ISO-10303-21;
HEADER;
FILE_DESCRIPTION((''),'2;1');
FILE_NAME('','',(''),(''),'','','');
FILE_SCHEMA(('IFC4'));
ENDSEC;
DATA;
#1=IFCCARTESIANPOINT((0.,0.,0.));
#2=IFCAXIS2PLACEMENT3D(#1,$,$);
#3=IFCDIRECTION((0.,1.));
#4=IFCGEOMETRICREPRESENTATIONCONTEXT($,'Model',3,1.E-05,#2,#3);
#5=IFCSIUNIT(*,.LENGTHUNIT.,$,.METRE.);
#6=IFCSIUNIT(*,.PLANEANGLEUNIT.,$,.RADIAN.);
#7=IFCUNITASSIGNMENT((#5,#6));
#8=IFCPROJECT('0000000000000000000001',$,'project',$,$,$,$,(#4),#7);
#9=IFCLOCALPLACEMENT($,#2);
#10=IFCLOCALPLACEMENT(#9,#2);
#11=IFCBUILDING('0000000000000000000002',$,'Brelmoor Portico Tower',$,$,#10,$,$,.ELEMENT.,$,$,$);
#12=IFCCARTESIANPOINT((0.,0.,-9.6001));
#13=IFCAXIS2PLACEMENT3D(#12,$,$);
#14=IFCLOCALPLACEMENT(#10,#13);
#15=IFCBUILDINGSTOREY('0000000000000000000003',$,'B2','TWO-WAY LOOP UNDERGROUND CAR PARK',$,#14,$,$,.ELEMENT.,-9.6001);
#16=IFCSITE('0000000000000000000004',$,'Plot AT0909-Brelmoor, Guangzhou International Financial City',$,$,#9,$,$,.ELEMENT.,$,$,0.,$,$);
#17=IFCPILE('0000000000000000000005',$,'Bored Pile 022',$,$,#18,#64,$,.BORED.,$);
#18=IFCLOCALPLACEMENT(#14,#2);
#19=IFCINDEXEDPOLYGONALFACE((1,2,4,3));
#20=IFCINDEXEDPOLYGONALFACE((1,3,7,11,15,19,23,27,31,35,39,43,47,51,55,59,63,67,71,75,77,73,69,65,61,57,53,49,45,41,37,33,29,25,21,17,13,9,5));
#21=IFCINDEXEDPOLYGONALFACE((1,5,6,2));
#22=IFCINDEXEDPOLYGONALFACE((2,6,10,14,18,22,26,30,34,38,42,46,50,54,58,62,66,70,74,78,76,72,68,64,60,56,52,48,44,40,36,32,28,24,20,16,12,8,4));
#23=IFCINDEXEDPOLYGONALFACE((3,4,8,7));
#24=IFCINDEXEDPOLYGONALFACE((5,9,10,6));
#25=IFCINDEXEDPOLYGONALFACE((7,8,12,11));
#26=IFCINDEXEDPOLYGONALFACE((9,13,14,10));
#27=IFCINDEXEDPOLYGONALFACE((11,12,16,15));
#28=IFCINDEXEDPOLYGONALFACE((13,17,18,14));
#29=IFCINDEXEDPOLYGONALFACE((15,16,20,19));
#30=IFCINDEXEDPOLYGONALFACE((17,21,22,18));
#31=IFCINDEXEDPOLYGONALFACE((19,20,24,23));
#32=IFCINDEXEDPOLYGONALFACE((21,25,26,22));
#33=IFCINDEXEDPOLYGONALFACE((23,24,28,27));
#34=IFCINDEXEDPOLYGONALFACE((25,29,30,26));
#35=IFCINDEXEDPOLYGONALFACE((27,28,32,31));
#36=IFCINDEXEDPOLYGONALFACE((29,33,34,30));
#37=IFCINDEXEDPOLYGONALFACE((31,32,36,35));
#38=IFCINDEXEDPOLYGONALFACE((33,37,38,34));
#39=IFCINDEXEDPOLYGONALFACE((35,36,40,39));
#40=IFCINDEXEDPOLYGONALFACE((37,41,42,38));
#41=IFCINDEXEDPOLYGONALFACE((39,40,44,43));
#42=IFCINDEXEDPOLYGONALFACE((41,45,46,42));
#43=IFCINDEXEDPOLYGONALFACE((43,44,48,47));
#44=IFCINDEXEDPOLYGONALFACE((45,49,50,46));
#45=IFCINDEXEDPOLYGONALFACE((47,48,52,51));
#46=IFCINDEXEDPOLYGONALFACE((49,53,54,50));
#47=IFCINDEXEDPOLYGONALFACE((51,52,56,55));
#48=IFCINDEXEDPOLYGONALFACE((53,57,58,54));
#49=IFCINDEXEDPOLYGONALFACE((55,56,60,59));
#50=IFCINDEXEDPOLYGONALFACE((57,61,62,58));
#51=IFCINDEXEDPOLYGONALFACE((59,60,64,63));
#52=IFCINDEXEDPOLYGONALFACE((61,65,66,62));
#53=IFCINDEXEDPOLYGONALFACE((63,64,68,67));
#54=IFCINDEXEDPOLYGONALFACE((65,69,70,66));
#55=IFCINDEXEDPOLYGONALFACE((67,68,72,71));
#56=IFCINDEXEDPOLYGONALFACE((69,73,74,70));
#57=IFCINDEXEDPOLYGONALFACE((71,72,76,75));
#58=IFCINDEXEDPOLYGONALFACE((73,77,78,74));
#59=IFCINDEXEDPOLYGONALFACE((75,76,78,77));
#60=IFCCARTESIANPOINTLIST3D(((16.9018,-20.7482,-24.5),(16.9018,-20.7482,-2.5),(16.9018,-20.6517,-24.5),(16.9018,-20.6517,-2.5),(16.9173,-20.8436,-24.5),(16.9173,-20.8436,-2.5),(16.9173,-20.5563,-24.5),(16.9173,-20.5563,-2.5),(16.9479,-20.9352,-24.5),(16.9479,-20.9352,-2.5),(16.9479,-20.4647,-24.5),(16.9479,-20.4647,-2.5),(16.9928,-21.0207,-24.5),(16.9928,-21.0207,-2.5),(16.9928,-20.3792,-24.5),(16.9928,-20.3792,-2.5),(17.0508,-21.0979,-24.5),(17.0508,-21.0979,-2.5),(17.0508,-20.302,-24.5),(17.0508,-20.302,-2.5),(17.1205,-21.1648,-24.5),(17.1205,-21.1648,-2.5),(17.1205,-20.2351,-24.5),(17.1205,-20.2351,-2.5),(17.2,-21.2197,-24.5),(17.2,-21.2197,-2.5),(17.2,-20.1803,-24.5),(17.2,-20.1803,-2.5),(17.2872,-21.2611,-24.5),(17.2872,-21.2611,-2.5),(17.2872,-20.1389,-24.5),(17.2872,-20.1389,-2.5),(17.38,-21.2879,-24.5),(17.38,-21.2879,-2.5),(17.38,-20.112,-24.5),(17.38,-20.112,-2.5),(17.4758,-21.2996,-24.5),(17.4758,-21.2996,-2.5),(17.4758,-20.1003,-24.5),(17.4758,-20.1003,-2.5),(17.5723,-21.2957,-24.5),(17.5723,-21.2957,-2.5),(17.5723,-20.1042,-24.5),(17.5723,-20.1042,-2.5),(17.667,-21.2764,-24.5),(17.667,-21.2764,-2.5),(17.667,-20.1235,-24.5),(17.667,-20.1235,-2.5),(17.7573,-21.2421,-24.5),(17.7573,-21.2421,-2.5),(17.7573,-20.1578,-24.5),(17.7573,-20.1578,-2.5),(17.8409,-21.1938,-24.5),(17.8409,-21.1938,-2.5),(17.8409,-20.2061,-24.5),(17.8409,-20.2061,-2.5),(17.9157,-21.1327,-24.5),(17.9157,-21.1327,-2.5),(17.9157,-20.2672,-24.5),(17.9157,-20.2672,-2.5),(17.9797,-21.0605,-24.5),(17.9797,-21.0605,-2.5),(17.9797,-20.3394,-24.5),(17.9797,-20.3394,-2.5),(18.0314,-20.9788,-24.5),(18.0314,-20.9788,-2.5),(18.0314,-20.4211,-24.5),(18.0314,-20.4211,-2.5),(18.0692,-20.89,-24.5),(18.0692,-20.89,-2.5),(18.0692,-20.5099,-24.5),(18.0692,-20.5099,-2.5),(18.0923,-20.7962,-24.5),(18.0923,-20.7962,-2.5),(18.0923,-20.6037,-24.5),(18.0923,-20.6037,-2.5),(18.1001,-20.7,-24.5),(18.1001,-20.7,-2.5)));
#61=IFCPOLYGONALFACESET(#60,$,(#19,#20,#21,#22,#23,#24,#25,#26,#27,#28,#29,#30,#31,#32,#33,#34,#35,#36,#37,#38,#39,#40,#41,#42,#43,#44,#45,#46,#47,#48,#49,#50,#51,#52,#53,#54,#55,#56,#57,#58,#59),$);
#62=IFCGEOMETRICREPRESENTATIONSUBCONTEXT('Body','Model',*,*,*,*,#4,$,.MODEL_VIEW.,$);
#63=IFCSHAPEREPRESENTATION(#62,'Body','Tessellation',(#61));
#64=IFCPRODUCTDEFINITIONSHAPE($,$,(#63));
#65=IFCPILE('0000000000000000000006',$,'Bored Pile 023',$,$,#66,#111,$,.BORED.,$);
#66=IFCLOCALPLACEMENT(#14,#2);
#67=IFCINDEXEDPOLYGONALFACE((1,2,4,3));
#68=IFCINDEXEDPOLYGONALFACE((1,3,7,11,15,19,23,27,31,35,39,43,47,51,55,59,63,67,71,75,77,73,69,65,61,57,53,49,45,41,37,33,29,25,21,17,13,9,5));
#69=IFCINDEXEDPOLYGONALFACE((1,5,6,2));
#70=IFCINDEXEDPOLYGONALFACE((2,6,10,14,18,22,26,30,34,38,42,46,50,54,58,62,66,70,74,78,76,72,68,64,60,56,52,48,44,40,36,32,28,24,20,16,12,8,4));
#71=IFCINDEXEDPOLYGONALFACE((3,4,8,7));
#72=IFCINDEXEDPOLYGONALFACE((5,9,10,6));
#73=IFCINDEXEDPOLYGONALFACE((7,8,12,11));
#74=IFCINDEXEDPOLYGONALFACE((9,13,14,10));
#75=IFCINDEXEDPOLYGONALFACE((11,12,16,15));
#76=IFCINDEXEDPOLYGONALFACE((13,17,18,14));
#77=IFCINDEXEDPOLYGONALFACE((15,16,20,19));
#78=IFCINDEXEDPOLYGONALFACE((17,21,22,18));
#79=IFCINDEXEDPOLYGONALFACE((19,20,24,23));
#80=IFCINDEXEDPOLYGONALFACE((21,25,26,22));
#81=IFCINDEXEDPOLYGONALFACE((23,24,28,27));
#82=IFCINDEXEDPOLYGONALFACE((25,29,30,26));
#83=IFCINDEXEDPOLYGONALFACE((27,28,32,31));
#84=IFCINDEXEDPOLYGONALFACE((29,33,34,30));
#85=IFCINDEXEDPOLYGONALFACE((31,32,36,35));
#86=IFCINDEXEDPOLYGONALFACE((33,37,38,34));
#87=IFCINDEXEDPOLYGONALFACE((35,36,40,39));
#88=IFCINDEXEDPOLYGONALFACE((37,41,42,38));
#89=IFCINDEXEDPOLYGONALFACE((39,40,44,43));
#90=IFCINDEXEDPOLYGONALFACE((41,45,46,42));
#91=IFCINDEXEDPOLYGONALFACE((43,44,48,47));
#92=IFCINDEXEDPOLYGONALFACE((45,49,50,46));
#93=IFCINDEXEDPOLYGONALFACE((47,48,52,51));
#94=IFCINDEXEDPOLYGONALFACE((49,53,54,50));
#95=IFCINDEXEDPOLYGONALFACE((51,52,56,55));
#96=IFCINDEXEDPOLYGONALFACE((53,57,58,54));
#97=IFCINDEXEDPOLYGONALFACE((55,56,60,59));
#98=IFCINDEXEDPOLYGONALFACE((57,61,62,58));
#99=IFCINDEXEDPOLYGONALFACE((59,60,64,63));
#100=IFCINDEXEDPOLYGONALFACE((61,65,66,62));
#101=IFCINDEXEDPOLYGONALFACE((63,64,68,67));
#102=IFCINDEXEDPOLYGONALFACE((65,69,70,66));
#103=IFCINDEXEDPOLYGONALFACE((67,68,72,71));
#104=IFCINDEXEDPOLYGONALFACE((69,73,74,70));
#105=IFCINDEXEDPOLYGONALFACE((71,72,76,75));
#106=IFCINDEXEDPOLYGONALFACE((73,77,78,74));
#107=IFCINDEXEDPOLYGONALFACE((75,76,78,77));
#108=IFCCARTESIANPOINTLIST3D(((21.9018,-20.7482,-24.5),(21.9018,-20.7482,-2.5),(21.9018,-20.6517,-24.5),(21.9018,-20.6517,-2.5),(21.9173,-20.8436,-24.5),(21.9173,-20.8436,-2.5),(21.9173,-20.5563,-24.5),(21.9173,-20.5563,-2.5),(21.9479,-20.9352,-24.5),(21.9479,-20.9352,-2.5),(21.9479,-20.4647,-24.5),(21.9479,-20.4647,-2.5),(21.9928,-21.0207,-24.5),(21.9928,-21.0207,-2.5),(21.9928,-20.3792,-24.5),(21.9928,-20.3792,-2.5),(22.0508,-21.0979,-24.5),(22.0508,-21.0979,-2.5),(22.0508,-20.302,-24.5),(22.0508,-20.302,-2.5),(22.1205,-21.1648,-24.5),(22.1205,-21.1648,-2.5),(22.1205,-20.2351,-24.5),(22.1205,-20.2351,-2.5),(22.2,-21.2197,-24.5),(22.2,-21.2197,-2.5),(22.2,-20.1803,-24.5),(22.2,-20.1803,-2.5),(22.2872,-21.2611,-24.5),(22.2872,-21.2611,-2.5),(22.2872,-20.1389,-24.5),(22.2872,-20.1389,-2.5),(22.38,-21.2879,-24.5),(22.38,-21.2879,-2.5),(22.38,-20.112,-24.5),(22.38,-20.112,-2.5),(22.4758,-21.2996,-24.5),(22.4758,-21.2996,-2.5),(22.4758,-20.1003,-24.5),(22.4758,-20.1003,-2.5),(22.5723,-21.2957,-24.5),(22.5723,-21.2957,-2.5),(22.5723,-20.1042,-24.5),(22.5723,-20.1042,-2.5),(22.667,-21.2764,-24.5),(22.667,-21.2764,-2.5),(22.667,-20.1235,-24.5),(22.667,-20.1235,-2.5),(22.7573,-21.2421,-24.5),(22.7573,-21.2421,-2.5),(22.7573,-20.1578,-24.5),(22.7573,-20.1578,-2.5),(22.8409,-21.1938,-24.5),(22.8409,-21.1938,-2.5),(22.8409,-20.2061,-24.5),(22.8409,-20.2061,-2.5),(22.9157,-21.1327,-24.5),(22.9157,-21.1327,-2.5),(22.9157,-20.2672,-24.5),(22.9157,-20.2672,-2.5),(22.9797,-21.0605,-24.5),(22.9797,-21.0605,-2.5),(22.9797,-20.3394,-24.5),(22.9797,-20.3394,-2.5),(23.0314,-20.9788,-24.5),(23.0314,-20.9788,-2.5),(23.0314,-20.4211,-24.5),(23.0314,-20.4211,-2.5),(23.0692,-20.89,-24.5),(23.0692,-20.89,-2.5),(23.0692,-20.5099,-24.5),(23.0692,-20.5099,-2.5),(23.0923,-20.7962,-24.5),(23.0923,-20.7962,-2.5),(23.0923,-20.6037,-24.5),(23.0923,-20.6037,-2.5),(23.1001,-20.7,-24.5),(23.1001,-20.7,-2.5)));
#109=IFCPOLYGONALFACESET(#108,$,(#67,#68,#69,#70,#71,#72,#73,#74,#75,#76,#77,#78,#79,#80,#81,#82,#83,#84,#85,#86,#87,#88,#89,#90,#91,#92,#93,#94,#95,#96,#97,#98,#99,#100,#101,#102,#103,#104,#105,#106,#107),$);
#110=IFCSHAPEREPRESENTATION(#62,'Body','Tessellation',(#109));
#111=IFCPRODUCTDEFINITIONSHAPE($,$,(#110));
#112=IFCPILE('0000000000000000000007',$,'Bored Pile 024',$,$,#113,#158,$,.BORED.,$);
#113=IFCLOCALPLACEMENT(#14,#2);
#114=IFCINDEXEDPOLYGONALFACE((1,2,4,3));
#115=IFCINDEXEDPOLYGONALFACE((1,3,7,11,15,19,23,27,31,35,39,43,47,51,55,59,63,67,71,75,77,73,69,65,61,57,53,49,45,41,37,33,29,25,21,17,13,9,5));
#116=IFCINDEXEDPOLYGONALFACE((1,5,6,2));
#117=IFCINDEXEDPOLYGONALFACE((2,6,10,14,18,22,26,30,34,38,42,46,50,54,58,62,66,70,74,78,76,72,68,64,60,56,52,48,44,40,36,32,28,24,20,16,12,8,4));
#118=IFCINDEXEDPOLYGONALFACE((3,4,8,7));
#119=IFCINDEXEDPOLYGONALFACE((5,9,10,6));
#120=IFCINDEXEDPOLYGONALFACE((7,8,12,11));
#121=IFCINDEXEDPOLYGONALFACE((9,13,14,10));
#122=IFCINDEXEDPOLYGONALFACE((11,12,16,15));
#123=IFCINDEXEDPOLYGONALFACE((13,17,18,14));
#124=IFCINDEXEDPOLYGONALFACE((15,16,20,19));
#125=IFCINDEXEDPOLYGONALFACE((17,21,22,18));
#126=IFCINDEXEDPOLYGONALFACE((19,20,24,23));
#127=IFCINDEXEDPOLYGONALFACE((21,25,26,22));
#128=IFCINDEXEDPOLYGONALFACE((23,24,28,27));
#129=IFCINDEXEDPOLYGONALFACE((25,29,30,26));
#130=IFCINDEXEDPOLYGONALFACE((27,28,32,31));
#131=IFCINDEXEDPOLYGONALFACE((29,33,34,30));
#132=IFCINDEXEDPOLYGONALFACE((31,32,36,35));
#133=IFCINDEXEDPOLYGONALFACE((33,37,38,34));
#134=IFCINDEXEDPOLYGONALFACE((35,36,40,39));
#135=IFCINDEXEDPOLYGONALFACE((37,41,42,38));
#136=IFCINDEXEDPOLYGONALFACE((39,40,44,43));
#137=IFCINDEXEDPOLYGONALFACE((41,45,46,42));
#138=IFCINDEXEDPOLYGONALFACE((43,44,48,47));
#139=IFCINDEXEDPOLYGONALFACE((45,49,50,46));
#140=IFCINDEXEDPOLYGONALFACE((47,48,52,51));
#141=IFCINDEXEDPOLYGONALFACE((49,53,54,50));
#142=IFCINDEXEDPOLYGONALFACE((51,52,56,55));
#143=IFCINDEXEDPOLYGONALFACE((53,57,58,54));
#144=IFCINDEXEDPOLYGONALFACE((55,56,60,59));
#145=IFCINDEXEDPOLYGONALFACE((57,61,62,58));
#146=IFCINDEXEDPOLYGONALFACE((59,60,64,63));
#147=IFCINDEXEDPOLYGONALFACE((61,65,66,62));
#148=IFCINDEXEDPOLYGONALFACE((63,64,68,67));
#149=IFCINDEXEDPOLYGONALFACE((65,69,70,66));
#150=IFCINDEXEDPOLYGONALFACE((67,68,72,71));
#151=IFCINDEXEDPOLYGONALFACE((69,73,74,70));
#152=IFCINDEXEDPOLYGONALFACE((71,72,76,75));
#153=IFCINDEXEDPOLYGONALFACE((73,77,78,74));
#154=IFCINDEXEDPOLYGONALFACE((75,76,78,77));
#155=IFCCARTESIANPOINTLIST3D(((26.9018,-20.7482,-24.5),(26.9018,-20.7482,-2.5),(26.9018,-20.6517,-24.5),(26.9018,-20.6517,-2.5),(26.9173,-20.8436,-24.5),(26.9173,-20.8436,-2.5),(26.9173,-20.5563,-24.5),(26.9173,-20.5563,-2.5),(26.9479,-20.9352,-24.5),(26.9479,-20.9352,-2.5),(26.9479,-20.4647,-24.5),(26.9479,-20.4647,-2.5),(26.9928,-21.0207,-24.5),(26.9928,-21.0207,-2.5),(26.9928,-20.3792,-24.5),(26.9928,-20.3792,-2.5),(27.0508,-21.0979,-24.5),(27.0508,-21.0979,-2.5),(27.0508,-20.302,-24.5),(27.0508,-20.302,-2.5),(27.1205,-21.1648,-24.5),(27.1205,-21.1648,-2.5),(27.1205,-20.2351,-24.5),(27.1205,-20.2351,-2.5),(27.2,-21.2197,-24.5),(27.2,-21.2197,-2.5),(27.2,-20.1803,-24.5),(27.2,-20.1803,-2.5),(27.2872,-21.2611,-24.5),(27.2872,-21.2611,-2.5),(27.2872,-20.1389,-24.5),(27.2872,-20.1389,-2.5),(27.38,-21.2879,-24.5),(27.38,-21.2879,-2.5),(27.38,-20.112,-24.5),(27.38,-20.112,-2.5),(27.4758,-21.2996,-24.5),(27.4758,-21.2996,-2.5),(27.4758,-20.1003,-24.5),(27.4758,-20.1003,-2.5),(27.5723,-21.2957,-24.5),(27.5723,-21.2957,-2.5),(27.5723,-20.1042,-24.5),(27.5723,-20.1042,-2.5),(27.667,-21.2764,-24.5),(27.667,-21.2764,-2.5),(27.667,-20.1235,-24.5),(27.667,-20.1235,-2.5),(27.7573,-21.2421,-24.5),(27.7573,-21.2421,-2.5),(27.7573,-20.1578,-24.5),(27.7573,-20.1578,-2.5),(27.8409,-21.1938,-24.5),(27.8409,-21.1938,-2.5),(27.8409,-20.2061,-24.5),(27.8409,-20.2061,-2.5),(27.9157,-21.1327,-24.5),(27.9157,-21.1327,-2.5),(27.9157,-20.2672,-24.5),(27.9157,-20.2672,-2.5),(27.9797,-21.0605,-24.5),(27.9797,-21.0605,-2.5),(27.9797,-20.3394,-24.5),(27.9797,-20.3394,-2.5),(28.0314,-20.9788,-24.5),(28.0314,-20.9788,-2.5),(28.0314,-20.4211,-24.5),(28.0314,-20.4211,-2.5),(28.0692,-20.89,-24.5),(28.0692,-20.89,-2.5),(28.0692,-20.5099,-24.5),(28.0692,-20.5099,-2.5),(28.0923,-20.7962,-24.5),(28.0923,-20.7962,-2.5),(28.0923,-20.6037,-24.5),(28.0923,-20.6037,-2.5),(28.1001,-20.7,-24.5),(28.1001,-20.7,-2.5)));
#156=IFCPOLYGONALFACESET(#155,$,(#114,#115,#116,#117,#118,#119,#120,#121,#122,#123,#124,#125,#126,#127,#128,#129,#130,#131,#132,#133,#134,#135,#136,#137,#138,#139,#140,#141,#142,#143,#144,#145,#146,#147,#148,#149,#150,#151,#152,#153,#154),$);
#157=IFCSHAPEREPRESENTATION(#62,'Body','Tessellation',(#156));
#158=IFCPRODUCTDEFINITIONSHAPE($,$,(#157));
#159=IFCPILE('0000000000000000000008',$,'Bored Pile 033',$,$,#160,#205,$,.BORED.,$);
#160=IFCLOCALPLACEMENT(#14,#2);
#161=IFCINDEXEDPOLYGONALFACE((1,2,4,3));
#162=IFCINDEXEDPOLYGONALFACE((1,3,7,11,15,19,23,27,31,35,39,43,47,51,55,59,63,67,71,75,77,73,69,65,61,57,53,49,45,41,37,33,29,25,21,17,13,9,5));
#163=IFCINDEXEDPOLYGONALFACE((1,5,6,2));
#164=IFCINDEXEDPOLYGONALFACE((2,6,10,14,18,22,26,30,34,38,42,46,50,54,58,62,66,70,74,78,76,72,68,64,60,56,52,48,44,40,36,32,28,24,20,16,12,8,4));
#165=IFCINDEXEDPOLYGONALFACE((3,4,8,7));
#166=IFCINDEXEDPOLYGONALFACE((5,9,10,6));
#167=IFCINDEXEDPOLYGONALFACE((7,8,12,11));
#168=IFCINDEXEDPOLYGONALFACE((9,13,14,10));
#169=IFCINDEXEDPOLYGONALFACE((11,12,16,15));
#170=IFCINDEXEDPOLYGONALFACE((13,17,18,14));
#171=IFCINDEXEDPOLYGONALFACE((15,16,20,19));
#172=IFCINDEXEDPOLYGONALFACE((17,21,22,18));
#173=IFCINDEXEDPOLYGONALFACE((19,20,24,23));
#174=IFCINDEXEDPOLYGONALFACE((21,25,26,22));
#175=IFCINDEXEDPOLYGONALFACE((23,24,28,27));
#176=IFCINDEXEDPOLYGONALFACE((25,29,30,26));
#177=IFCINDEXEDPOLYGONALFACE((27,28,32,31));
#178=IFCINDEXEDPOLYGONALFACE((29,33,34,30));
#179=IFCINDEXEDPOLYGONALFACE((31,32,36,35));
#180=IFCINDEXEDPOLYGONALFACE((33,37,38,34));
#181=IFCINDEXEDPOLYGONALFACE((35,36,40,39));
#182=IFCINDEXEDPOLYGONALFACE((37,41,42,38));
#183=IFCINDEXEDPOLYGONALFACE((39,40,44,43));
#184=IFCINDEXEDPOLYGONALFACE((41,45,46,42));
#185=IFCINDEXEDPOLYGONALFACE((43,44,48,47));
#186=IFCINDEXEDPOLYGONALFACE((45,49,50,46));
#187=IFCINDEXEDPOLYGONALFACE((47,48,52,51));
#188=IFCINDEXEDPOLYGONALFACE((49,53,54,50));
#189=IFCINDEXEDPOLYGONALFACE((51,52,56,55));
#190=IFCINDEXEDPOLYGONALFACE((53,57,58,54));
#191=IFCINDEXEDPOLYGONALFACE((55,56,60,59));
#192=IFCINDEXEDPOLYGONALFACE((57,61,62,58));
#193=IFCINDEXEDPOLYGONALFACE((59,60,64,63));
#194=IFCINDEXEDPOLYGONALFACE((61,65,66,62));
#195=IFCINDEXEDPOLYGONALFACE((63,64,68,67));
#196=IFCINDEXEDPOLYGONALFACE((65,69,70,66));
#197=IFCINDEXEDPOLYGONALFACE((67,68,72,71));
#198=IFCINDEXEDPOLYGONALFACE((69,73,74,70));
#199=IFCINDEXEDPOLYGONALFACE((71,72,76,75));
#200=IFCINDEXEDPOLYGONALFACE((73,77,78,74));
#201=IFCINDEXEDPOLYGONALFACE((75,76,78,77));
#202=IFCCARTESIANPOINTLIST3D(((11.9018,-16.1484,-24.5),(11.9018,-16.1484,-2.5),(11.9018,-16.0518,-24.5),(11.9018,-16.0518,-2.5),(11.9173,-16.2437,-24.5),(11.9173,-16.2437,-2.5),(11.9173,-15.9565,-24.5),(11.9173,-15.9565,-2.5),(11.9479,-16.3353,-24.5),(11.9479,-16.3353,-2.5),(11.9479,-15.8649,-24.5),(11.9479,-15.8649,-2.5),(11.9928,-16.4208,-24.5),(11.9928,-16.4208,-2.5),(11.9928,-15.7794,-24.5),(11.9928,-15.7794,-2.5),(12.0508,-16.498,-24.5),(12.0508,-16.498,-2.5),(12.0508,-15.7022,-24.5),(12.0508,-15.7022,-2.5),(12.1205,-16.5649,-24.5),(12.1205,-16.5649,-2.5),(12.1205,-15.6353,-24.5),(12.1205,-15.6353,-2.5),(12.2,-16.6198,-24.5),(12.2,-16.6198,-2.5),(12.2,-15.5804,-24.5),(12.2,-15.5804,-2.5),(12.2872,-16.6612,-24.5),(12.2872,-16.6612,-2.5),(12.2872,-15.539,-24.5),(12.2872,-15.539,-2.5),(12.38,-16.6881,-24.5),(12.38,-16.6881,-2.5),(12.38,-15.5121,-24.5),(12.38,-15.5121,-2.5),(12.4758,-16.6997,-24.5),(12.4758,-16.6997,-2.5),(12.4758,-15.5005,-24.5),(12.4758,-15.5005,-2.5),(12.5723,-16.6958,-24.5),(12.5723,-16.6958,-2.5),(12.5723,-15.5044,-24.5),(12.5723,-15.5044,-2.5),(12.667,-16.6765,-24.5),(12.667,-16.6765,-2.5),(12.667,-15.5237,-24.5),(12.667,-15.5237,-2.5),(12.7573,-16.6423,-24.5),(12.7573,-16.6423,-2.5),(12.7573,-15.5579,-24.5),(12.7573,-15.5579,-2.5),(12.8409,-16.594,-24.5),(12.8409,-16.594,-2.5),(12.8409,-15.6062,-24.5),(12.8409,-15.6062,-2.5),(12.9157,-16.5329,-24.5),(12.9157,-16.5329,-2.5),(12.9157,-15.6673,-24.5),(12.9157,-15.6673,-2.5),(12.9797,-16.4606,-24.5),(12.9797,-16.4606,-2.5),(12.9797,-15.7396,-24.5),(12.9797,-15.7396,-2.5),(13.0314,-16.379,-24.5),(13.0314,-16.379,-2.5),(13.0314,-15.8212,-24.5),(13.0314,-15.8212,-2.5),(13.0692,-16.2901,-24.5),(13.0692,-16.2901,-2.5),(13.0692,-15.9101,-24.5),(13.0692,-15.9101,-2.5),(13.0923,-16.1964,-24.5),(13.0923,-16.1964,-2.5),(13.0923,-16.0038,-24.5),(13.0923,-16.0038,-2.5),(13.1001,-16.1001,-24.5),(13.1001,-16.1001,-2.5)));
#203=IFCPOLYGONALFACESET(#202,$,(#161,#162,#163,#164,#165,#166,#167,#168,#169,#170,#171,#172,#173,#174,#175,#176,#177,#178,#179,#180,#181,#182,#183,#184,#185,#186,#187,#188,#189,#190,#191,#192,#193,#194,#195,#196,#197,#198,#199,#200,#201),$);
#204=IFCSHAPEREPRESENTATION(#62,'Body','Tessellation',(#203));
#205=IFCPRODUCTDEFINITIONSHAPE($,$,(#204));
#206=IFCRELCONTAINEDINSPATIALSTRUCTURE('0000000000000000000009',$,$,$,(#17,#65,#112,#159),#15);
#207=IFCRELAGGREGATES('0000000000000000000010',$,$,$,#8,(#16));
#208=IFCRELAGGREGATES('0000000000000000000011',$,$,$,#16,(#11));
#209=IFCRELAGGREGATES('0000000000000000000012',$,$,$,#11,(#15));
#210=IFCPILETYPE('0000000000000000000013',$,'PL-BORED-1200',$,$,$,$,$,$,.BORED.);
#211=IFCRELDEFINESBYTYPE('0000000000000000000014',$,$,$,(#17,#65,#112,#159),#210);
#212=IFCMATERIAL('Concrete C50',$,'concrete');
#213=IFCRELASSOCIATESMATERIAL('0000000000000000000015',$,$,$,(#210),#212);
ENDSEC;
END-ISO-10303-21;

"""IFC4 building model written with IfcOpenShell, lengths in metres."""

from ifc_helpers import new_model, si_unit, direction, frame, origin, origin_2d, place, context, subcontext, project, spatial, circle, extrude, material, material_profile, profile_set, type_object, element, save


model = new_model("IFC4")

# Units and contexts
model_context = context("Model", 3, precision=1e-05, world=origin(), true_north=direction((0.0, 1.0)))
body_context = subcontext(model_context, "Body", "Model", "MODEL_VIEW")
ifc_project = project(units=[si_unit("LENGTHUNIT", "METRE"), si_unit("PLANEANGLEUNIT", "RADIAN")], contexts=[model_context])

# Site, building, storey
site_placement = place(None, origin())
site = spatial("IfcSite", under=ifc_project, at=site_placement, Name="Plot AT0909-Brelmoor, Guangzhou International Financial City", CompositionType="ELEMENT", RefElevation=0.0)
building_placement = place(site_placement, origin())
building = spatial("IfcBuilding", under=site, at=building_placement, Name="Brelmoor Portico Tower", CompositionType="ELEMENT")
storey_placement = place(building_placement, frame((0.0, 0.0, -9.6001)))
storey = spatial("IfcBuildingStorey", under=building, at=storey_placement, Name="B2", Description="TWO-WAY LOOP UNDERGROUND CAR PARK", CompositionType="ELEMENT", Elevation=-9.6001)

# Shared definitions
ifc_material_1 = material(Name="Concrete C50", Category="concrete")

# Piles
ifc_material_profile_1 = material_profile(ifc_material_1, circle(Radius=0.6001, at=origin_2d()), Name="BORED PILE D1200")
ifc_profile_set_1 = profile_set([ifc_material_profile_1], Name="Concrete C50")
pile_type = type_object("IfcPileType", Name="PL-BORED-1200", PredefinedType="BORED", material=ifc_profile_set_1)
for number, where, z_axis, x_axis, name in (
    (1, (17.5, -20.7, -2.5), (0.0, 0.0, -1.0), (1.0, 0.0, 0.0), "Bored Pile 022"),
    (2, (22.5, -20.7, -2.5), (0.0, 0.0, -1.0), (1.0, 0.0, 0.0), "Bored Pile 023"),
    (3, (27.5, -20.7, -2.5), (0.0, 0.0, -1.0), (1.0, 0.0, 0.0), "Bored Pile 024"),
    (4, (12.5, -16.1001, -2.5), (0.0, 0.0, -1.0), (1.0, 0.0, 0.0), "Bored Pile 033"),
):
    element("IfcPile", number, at=place(storey_placement, frame(where, z_axis=z_axis, x_axis=x_axis)), inside=storey, type_object=pile_type, Name=name, PredefinedType="BORED", context=body_context, shape_type="SweptSolid", body=[
        extrude(circle(Radius=0.6001, at=origin_2d()), origin(), (0.0, 0.0, 1.0), 22.0),
    ])

save(model, "model.ifc")
